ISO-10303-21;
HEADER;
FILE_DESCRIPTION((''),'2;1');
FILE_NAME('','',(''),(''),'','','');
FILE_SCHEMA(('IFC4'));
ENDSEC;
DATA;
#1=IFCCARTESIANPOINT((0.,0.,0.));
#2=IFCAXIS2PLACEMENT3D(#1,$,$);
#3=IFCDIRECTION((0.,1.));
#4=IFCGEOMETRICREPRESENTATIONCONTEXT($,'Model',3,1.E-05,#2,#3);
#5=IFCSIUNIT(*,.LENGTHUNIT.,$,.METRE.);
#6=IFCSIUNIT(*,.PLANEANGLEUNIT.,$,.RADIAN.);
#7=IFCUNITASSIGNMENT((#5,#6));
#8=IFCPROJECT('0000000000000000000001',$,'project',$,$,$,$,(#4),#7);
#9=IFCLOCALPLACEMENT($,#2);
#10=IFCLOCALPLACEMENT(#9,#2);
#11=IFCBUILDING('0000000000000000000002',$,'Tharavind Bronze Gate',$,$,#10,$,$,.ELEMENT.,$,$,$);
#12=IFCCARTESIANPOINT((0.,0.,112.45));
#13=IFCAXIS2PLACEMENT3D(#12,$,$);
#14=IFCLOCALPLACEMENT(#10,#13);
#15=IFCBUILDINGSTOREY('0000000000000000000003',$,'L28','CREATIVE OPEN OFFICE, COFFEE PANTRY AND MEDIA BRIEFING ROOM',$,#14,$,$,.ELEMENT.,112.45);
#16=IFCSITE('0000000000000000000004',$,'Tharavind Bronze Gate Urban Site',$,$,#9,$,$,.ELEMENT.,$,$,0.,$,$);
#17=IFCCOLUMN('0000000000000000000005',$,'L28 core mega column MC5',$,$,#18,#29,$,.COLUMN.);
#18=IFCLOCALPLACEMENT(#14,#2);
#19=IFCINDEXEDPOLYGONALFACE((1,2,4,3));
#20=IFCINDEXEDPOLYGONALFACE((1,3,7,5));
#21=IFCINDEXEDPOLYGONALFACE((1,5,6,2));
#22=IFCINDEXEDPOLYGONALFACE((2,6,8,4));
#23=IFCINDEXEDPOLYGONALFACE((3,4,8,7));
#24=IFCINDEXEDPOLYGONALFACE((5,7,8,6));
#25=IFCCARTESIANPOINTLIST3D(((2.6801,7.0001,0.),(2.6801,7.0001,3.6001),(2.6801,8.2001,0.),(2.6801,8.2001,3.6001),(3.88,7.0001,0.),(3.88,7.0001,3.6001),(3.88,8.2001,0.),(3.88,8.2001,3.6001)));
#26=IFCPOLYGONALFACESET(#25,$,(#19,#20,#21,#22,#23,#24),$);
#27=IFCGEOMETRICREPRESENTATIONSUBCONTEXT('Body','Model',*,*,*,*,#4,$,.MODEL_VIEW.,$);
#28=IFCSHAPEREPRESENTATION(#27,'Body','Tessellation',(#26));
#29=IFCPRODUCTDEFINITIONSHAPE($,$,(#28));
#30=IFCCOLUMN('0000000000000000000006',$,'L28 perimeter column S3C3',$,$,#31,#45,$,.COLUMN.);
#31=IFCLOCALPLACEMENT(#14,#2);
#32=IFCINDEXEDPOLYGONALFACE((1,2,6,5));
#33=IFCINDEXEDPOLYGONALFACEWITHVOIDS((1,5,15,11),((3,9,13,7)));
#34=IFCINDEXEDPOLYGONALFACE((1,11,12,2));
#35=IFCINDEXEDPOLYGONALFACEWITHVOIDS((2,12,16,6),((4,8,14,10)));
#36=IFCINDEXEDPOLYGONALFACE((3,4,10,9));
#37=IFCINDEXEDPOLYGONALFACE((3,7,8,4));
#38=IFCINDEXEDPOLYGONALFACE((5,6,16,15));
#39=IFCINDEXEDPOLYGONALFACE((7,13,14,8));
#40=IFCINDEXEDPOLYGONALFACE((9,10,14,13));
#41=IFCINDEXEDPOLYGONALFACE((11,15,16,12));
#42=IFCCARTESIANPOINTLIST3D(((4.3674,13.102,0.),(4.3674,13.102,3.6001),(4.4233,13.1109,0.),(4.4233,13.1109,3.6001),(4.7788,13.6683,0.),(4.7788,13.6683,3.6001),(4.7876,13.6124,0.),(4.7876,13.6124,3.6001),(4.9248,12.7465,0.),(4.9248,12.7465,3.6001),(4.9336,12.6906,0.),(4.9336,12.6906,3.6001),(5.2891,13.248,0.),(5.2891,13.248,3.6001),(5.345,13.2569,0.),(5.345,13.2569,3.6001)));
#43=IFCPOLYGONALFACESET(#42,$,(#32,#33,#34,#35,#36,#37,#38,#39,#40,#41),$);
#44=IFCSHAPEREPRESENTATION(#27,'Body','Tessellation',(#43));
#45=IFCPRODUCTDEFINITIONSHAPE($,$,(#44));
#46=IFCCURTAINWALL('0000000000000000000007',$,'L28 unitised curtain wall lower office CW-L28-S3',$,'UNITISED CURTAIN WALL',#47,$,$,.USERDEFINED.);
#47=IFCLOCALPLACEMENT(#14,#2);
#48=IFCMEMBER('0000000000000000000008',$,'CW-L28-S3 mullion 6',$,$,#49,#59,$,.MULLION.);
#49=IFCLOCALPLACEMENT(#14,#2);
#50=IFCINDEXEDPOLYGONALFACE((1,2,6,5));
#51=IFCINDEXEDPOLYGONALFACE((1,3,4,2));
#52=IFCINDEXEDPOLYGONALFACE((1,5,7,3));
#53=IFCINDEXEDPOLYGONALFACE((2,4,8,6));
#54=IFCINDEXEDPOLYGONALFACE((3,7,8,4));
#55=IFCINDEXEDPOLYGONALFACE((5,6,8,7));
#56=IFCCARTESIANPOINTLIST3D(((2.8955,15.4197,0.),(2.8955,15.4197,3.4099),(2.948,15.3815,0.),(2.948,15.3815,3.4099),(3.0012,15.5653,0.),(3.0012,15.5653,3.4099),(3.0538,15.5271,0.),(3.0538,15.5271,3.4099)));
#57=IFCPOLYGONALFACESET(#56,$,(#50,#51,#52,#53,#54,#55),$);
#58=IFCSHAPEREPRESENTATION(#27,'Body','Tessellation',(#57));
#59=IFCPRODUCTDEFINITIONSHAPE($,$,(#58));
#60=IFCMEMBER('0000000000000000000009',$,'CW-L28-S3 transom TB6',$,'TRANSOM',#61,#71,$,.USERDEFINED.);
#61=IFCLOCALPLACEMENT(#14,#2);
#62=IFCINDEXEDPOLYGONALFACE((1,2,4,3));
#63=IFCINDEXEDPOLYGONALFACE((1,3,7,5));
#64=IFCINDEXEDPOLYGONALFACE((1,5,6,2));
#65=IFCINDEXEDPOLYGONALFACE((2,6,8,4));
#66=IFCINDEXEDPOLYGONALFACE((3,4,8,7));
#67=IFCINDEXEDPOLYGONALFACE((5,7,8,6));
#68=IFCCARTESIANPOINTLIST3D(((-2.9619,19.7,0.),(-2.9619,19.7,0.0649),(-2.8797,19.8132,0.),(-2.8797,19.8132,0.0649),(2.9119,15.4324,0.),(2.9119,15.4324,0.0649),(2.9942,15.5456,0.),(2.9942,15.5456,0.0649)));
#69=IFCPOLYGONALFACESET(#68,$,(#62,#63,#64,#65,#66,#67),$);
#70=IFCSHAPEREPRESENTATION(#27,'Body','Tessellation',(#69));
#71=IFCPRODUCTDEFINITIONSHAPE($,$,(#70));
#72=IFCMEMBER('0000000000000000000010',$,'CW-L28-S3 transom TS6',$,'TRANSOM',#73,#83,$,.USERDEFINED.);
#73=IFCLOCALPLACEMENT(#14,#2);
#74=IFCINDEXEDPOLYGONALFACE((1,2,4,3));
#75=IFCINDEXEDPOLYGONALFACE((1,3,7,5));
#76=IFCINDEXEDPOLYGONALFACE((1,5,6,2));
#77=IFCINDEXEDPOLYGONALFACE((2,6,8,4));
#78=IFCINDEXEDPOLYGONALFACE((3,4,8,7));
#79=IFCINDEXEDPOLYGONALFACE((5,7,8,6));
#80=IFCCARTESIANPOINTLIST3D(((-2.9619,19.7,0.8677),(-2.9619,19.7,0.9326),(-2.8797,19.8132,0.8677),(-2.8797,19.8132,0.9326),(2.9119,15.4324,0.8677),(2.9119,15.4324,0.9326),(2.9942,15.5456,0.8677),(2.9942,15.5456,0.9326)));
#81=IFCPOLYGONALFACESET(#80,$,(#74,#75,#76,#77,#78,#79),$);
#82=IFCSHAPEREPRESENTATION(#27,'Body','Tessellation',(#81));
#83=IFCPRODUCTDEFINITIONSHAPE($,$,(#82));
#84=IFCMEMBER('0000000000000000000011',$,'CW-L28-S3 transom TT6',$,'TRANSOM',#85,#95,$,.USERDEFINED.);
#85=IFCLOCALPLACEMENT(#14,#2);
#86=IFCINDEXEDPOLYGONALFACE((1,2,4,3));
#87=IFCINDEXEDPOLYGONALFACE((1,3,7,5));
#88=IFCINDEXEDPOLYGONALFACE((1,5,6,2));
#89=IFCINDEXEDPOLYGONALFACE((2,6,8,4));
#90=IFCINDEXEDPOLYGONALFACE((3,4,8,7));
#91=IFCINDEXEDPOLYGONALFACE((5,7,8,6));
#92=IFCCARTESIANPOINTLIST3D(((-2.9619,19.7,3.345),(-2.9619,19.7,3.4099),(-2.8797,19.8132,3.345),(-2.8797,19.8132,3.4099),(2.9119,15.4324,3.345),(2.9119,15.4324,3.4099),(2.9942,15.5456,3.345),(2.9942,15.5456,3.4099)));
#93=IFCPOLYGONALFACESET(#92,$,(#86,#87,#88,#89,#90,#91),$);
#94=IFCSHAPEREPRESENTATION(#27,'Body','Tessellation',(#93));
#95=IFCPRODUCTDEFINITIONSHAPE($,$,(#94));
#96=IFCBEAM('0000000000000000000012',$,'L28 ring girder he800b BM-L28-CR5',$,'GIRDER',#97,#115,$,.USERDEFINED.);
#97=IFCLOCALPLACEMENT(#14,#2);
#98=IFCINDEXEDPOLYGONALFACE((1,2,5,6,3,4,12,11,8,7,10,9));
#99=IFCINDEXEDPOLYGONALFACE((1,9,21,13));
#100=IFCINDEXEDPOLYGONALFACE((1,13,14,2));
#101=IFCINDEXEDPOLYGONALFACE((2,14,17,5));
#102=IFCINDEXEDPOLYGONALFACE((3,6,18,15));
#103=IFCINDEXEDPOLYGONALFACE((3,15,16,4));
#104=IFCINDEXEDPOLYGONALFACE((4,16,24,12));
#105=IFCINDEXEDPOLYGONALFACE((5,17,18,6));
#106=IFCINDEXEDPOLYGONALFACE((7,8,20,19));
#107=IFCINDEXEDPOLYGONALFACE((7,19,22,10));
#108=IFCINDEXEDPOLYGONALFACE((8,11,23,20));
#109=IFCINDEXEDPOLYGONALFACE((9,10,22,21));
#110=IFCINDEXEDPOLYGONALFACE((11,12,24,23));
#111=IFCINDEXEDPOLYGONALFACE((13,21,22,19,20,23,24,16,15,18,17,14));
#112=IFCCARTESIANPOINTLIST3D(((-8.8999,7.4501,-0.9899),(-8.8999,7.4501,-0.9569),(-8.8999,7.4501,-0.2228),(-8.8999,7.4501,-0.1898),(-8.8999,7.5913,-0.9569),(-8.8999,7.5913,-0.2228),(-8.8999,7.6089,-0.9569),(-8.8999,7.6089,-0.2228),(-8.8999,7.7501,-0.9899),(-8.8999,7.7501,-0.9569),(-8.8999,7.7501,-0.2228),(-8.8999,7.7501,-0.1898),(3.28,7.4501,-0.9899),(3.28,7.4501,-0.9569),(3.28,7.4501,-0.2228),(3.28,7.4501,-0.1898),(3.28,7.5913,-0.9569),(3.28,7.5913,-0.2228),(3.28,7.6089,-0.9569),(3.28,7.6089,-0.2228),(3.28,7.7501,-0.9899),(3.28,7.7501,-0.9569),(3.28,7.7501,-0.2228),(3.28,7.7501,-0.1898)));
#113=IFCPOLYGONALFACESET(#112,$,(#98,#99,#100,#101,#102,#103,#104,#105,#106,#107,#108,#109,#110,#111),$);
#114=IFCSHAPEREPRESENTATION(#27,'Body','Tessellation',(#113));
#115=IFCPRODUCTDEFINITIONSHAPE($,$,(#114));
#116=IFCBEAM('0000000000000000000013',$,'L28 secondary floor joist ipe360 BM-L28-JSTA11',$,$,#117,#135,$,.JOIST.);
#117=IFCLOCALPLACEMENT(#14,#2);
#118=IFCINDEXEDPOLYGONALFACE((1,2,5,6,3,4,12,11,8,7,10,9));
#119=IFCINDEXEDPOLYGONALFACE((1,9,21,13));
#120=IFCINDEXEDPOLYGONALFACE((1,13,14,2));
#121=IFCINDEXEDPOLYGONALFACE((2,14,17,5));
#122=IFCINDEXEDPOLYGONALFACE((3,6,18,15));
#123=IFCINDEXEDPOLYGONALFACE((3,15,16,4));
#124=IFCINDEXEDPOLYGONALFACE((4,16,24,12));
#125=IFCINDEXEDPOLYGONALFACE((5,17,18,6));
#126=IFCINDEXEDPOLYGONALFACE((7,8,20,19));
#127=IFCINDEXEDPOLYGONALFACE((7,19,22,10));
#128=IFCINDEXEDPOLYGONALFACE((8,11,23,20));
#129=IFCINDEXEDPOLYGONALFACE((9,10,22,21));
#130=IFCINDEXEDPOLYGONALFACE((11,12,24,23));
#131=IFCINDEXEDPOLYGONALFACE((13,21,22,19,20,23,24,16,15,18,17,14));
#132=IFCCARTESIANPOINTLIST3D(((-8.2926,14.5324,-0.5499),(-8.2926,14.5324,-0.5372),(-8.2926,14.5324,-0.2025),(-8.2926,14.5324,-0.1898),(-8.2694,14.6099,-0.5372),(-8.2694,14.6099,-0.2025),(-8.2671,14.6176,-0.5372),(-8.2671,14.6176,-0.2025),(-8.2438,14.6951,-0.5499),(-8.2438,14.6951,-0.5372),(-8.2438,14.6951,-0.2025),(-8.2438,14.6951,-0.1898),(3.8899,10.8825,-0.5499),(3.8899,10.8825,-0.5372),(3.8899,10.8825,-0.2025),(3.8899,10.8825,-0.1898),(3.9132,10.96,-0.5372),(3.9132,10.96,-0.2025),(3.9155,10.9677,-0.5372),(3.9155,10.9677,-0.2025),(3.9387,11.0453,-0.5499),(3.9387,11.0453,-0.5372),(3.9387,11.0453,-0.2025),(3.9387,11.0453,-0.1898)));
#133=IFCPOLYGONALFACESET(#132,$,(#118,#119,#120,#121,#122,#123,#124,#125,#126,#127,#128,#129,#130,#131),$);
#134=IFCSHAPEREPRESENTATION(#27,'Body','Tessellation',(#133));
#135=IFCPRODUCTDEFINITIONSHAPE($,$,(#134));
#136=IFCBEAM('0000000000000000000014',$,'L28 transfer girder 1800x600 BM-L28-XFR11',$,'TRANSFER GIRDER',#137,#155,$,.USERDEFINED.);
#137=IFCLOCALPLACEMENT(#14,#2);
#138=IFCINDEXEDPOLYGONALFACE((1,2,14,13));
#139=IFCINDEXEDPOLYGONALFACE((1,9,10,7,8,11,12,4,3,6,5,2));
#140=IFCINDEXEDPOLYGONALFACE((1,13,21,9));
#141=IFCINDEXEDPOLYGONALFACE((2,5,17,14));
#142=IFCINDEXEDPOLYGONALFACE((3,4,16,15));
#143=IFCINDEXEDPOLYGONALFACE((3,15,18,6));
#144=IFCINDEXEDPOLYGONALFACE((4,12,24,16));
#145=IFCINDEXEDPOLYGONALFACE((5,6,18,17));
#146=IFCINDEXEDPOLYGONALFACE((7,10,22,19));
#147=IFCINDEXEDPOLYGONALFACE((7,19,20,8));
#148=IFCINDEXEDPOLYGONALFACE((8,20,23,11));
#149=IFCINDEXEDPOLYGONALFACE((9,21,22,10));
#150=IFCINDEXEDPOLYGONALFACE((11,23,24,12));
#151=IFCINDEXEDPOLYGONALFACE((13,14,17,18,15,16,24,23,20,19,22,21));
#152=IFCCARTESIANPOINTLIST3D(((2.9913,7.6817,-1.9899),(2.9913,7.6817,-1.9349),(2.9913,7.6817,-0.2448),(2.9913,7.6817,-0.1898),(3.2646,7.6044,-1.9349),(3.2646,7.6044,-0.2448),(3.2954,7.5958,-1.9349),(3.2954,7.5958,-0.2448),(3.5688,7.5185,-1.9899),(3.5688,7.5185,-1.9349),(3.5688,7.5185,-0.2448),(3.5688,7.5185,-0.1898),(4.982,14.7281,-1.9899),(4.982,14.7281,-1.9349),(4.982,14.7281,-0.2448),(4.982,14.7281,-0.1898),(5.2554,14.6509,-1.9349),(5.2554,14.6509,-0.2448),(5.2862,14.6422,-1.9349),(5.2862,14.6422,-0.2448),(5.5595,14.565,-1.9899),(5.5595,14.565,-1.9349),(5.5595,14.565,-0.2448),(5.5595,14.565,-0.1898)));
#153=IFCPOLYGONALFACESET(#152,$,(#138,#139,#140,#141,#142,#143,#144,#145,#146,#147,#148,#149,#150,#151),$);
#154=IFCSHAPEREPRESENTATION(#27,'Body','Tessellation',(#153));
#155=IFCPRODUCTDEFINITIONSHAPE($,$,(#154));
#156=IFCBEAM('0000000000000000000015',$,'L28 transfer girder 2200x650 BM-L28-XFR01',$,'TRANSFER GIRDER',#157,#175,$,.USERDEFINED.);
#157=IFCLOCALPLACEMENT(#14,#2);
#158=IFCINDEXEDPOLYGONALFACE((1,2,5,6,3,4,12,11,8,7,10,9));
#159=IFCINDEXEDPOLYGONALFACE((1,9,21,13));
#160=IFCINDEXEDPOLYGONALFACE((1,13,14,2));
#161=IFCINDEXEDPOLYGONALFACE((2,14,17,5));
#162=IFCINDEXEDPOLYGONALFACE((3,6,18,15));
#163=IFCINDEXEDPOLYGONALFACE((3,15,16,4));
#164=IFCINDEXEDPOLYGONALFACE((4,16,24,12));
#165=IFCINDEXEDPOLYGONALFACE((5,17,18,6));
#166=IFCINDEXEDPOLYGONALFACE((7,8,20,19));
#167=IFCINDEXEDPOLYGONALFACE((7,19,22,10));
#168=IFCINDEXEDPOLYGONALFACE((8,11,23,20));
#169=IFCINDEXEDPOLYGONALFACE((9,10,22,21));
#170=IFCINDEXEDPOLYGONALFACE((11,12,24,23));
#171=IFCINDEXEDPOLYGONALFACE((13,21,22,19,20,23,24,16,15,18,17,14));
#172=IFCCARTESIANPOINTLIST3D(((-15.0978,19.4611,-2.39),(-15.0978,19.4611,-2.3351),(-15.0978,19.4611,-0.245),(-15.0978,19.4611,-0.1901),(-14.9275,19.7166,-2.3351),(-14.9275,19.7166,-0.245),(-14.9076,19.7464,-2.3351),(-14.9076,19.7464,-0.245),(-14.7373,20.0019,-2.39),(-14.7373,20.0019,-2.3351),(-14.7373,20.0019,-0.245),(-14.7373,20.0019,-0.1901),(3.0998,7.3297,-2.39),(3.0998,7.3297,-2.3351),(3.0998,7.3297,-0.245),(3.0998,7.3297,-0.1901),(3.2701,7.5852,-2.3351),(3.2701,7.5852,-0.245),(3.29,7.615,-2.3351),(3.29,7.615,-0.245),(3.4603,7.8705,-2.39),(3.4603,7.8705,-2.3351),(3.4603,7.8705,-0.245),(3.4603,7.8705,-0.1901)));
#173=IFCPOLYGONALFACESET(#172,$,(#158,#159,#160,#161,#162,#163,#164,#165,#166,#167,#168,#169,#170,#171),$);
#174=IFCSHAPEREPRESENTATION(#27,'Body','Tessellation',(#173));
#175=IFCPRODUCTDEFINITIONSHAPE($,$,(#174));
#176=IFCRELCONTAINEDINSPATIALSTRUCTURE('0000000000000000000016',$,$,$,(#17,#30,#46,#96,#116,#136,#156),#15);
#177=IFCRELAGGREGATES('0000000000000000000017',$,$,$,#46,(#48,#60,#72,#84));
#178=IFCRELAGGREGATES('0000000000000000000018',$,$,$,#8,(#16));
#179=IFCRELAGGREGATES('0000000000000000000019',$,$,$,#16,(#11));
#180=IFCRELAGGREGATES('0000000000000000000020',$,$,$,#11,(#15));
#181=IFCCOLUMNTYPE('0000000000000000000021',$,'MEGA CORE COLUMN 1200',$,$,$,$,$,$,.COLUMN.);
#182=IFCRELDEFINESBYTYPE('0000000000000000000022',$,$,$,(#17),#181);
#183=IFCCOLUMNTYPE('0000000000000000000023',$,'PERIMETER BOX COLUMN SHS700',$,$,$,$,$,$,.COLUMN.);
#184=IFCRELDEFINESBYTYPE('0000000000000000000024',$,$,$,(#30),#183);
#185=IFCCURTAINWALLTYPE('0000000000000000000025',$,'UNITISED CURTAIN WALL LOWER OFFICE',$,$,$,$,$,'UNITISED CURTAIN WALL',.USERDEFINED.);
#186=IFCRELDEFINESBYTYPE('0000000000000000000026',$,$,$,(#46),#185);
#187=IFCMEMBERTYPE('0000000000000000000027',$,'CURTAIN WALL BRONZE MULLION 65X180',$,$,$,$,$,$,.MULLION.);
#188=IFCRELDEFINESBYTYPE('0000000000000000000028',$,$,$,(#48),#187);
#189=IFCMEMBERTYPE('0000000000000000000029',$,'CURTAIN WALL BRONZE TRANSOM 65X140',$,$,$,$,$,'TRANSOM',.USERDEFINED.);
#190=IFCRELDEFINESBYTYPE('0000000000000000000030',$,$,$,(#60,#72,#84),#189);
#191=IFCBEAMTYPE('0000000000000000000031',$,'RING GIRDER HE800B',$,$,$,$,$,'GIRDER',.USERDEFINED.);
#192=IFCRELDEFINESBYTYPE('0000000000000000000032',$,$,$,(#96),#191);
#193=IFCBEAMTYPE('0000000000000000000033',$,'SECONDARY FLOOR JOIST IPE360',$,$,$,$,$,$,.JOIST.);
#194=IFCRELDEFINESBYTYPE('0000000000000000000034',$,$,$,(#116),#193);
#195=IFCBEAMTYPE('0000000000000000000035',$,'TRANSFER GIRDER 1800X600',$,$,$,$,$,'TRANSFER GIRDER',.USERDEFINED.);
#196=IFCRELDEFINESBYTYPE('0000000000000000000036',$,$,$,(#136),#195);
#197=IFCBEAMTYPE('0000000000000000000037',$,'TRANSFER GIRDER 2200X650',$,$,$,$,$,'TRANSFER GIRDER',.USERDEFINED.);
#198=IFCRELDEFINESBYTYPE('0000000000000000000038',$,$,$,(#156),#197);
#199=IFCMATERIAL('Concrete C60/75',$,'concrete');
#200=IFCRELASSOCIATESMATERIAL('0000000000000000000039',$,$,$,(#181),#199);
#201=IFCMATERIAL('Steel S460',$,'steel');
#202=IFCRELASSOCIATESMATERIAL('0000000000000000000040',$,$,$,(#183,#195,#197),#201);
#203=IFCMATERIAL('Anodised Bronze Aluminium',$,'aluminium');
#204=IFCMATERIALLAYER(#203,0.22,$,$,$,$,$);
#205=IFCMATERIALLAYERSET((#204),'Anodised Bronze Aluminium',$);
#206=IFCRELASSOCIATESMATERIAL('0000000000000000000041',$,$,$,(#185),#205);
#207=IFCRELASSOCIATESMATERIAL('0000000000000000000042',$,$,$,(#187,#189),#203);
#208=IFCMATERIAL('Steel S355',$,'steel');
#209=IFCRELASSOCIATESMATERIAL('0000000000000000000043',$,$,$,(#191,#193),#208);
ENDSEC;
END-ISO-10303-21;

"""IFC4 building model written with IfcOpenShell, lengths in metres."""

from ifc_helpers import new_model, si_unit, direction, frame, origin, origin_2d, place, context, subcontext, project, spatial, rectangle, hollow_rectangle, i_section, extrude, material, layer, layer_set, material_profile, profile_set, type_object, element, aggregate, save


model = new_model("IFC4")

# Units and contexts
model_context = context("Model", 3, precision=1e-05, world=origin(), true_north=direction((0.0, 1.0)))
body_context = subcontext(model_context, "Body", "Model", "MODEL_VIEW")
ifc_project = project(units=[si_unit("LENGTHUNIT", "METRE"), si_unit("PLANEANGLEUNIT", "RADIAN")], contexts=[model_context])

# Site, building, storey
site_placement = place(None, origin())
site = spatial("IfcSite", under=ifc_project, at=site_placement, Name="Tharavind Bronze Gate Urban Site", CompositionType="ELEMENT", RefElevation=0.0)
building_placement = place(site_placement, origin())
building = spatial("IfcBuilding", under=site, at=building_placement, Name="Tharavind Bronze Gate", CompositionType="ELEMENT")
storey_placement = place(building_placement, frame((0.0, 0.0, 112.45)))
storey = spatial("IfcBuildingStorey", under=building, at=storey_placement, Name="L28", Description="CREATIVE OPEN OFFICE, COFFEE PANTRY AND MEDIA BRIEFING ROOM", CompositionType="ELEMENT", Elevation=112.45)

# Columns
ifc_material_1 = material(Name="Concrete C60/75", Category="concrete")
ifc_material_profile_1 = material_profile(ifc_material_1, rectangle(XDim=1.2, YDim=1.2, at=origin_2d()), Name="RCCOL1200")
ifc_profile_set_1 = profile_set([ifc_material_profile_1], Name="Concrete C60/75")
column_type_1 = type_object("IfcColumnType", Name="MEGA CORE COLUMN 1200", PredefinedType="COLUMN", material=ifc_profile_set_1)
column_1_placement = place(storey_placement, frame((3.28, 7.6001, 0.0), z_axis=(0.0, 0.0, 1.0), x_axis=(1.0, 0.0, 0.0)))
element("IfcColumn", 1, at=column_1_placement, inside=storey, type_object=column_type_1, Name="L28 core mega column MC5", PredefinedType="COLUMN", context=body_context, shape_type="SweptSolid", body=[
    extrude(rectangle(XDim=1.2, YDim=1.2, at=origin_2d()), origin(), (0.0, 0.0, 1.0), 3.6001),
])
ifc_material_2 = material(Name="Steel S460", Category="steel")
ifc_material_profile_2 = material_profile(ifc_material_2, hollow_rectangle(XDim=0.7, YDim=0.7, WallThickness=0.04, at=origin_2d()), Name="SHS700X40")
ifc_profile_set_2 = profile_set([ifc_material_profile_2], Name="Steel S460")
column_type_2 = type_object("IfcColumnType", Name="PERIMETER BOX COLUMN SHS700", PredefinedType="COLUMN", material=ifc_profile_set_2)
column_2_placement = place(storey_placement, frame((4.8562, 13.1794, 0.0), z_axis=(0.0, 0.0, 1.0), x_axis=(-0.809017, 0.587785, 0.0)))
element("IfcColumn", 2, at=column_2_placement, inside=storey, type_object=column_type_2, Name="L28 perimeter column S3C3", PredefinedType="COLUMN", context=body_context, shape_type="SweptSolid", body=[
    extrude(hollow_rectangle(XDim=0.7, YDim=0.7, WallThickness=0.04, at=origin_2d()), origin(), (0.0, 0.0, 1.0), 3.6001),
])

# Curtain wall, members
ifc_material_3 = material(Name="Anodised Bronze Aluminium", Category="aluminium")
ifc_layer_1 = layer(ifc_material_3, 0.22)
ifc_layer_set_1 = layer_set([ifc_layer_1], Name="Anodised Bronze Aluminium")
curtain_wall_type = type_object("IfcCurtainWallType", Name="UNITISED CURTAIN WALL LOWER OFFICE", ElementType="UNITISED CURTAIN WALL", PredefinedType="USERDEFINED", material=ifc_layer_set_1)
curtain_wall_placement = place(storey_placement, origin())
curtain_wall = element("IfcCurtainWall", 3, at=curtain_wall_placement, inside=storey, type_object=curtain_wall_type, Name="L28 unitised curtain wall lower office CW-L28-S3", ObjectType="UNITISED CURTAIN WALL", PredefinedType="USERDEFINED")
member_type_1 = type_object("IfcMemberType", Name="CURTAIN WALL BRONZE MULLION 65X180", PredefinedType="MULLION", material=ifc_material_3)
member_1_placement = place(storey_placement, frame((2.9746, 15.4734, 0.0), z_axis=(0.0, 0.0, 1.0), x_axis=(-0.809017, 0.587785, 0.0)))
member_1 = element("IfcMember", 4, at=member_1_placement, type_object=member_type_1, Name="CW-L28-S3 mullion 6", PredefinedType="MULLION", context=body_context, shape_type="SweptSolid", body=[
    extrude(rectangle(XDim=0.0649, YDim=0.1799, at=origin_2d()), origin(), (0.0, 0.0, 1.0), 3.4099),
])
member_type_2 = type_object("IfcMemberType", Name="CURTAIN WALL BRONZE TRANSOM 65X140", ElementType="TRANSOM", PredefinedType="USERDEFINED", material=ifc_material_3)
member_2_placement = place(storey_placement, frame((0.0161, 17.6228, 0.0), z_axis=(0.0, 0.0, 1.0), x_axis=(-0.809017, 0.587785, 0.0)))
member_2 = element("IfcMember", 5, at=member_2_placement, type_object=member_type_2, Name="CW-L28-S3 transom TB6", ObjectType="TRANSOM", PredefinedType="USERDEFINED", context=body_context, shape_type="SweptSolid", body=[
    extrude(rectangle(XDim=7.2605, YDim=0.1399, at=origin_2d()), origin(), (0.0, 0.0, 1.0), 0.0649),
])
member_3_placement = place(storey_placement, frame((0.0161, 17.6228, 0.8677), z_axis=(0.0, 0.0, 1.0), x_axis=(-0.809017, 0.587785, 0.0)))
member_3 = element("IfcMember", 6, at=member_3_placement, type_object=member_type_2, Name="CW-L28-S3 transom TS6", ObjectType="TRANSOM", PredefinedType="USERDEFINED", context=body_context, shape_type="SweptSolid", body=[
    extrude(rectangle(XDim=7.2605, YDim=0.1399, at=origin_2d()), origin(), (0.0, 0.0, 1.0), 0.0649),
])
member_4_placement = place(storey_placement, frame((0.0161, 17.6228, 3.345), z_axis=(0.0, 0.0, 1.0), x_axis=(-0.809017, 0.587785, 0.0)))
member_4 = element("IfcMember", 7, at=member_4_placement, type_object=member_type_2, Name="CW-L28-S3 transom TT6", ObjectType="TRANSOM", PredefinedType="USERDEFINED", context=body_context, shape_type="SweptSolid", body=[
    extrude(rectangle(XDim=7.2605, YDim=0.1399, at=origin_2d()), origin(), (0.0, 0.0, 1.0), 0.0649),
])

# Beams
ifc_material_4 = material(Name="Steel S355", Category="steel")
ifc_material_profile_3 = material_profile(ifc_material_4, i_section(OverallWidth=0.3, OverallDepth=0.8, WebThickness=0.0176, FlangeThickness=0.033, at=origin_2d()), Name="HE800B")
ifc_profile_set_3 = profile_set([ifc_material_profile_3], Name="Steel S355")
beam_type_1 = type_object("IfcBeamType", Name="RING GIRDER HE800B", ElementType="GIRDER", PredefinedType="USERDEFINED", material=ifc_profile_set_3)
beam_1_placement = place(storey_placement, frame((3.28, 7.6001, -0.5898), z_axis=(-1.0, 0.0, 0.0), x_axis=(0.0, -1.0, 0.0)))
element("IfcBeam", 8, at=beam_1_placement, inside=storey, type_object=beam_type_1, Name="L28 ring girder he800b BM-L28-CR5", ObjectType="GIRDER", PredefinedType="USERDEFINED", context=body_context, shape_type="SweptSolid", body=[
    extrude(i_section(OverallWidth=0.3, OverallDepth=0.8, WebThickness=0.0176, FlangeThickness=0.033, at=origin_2d()), origin(), (0.0, 0.0, 1.0), 12.1799),
])
ifc_material_profile_4 = material_profile(ifc_material_4, i_section(OverallWidth=0.1699, OverallDepth=0.3601, WebThickness=0.0081, FlangeThickness=0.0127, at=origin_2d()), Name="IPE360")
ifc_profile_set_4 = profile_set([ifc_material_profile_4], Name="Steel S355")
beam_type_2 = type_object("IfcBeamType", Name="SECONDARY FLOOR JOIST IPE360", PredefinedType="JOIST", material=ifc_profile_set_4)
beam_2_placement = place(storey_placement, frame((3.9143, 10.9639, -0.3699), z_axis=(-0.957932, 0.286996, 0.0), x_axis=(-0.286996, -0.957932, 0.0)))
element("IfcBeam", 9, at=beam_2_placement, inside=storey, type_object=beam_type_2, Name="L28 secondary floor joist ipe360 BM-L28-JSTA11", PredefinedType="JOIST", context=body_context, shape_type="SweptSolid", body=[
    extrude(i_section(OverallWidth=0.1699, OverallDepth=0.3601, WebThickness=0.0081, FlangeThickness=0.0127, at=origin_2d()), origin(), (0.0, 0.0, 1.0), 12.7175),
])
ifc_material_profile_5 = material_profile(ifc_material_2, i_section(OverallWidth=0.6001, OverallDepth=1.8, WebThickness=0.032, FlangeThickness=0.0549, at=origin_2d()), Name="PG1800X600")
ifc_profile_set_5 = profile_set([ifc_material_profile_5], Name="Steel S460")
beam_type_3 = type_object("IfcBeamType", Name="TRANSFER GIRDER 1800X600", ElementType="TRANSFER GIRDER", PredefinedType="USERDEFINED", material=ifc_profile_set_5)
beam_3_placement = place(storey_placement, frame((3.28, 7.6001, -1.0898), z_axis=(0.271875, 0.962333, 0.0), x_axis=(-0.962333, 0.271875, 0.0)))
element("IfcBeam", 10, at=beam_3_placement, inside=storey, type_object=beam_type_3, Name="L28 transfer girder 1800x600 BM-L28-XFR11", ObjectType="TRANSFER GIRDER", PredefinedType="USERDEFINED", context=body_context, shape_type="SweptSolid", body=[
    extrude(i_section(OverallWidth=0.6001, OverallDepth=1.8, WebThickness=0.032, FlangeThickness=0.0549, at=origin_2d()), origin(), (0.0, 0.0, 1.0), 7.3223),
])
ifc_material_profile_6 = material_profile(ifc_material_2, i_section(OverallWidth=0.6499, OverallDepth=2.2, WebThickness=0.0359, FlangeThickness=0.0549, at=origin_2d()), Name="PG2200X650")
ifc_profile_set_6 = profile_set([ifc_material_profile_6], Name="Steel S460")
beam_type_4 = type_object("IfcBeamType", Name="TRANSFER GIRDER 2200X650", ElementType="TRANSFER GIRDER", PredefinedType="USERDEFINED", material=ifc_profile_set_6)
beam_4_placement = place(storey_placement, frame((3.28, 7.6001, -1.29), z_axis=(-0.832057, 0.55469, 0.0), x_axis=(-0.55469, -0.832057, 0.0)))
element("IfcBeam", 11, at=beam_4_placement, inside=storey, type_object=beam_type_4, Name="L28 transfer girder 2200x650 BM-L28-XFR01", ObjectType="TRANSFER GIRDER", PredefinedType="USERDEFINED", context=body_context, shape_type="SweptSolid", body=[
    extrude(i_section(OverallWidth=0.6499, OverallDepth=2.2, WebThickness=0.0359, FlangeThickness=0.0549, at=origin_2d()), origin(), (0.0, 0.0, 1.0), 21.8706),
])

aggregate(curtain_wall, [member_1, member_2, member_3, member_4])

save(model, "model.ifc")
